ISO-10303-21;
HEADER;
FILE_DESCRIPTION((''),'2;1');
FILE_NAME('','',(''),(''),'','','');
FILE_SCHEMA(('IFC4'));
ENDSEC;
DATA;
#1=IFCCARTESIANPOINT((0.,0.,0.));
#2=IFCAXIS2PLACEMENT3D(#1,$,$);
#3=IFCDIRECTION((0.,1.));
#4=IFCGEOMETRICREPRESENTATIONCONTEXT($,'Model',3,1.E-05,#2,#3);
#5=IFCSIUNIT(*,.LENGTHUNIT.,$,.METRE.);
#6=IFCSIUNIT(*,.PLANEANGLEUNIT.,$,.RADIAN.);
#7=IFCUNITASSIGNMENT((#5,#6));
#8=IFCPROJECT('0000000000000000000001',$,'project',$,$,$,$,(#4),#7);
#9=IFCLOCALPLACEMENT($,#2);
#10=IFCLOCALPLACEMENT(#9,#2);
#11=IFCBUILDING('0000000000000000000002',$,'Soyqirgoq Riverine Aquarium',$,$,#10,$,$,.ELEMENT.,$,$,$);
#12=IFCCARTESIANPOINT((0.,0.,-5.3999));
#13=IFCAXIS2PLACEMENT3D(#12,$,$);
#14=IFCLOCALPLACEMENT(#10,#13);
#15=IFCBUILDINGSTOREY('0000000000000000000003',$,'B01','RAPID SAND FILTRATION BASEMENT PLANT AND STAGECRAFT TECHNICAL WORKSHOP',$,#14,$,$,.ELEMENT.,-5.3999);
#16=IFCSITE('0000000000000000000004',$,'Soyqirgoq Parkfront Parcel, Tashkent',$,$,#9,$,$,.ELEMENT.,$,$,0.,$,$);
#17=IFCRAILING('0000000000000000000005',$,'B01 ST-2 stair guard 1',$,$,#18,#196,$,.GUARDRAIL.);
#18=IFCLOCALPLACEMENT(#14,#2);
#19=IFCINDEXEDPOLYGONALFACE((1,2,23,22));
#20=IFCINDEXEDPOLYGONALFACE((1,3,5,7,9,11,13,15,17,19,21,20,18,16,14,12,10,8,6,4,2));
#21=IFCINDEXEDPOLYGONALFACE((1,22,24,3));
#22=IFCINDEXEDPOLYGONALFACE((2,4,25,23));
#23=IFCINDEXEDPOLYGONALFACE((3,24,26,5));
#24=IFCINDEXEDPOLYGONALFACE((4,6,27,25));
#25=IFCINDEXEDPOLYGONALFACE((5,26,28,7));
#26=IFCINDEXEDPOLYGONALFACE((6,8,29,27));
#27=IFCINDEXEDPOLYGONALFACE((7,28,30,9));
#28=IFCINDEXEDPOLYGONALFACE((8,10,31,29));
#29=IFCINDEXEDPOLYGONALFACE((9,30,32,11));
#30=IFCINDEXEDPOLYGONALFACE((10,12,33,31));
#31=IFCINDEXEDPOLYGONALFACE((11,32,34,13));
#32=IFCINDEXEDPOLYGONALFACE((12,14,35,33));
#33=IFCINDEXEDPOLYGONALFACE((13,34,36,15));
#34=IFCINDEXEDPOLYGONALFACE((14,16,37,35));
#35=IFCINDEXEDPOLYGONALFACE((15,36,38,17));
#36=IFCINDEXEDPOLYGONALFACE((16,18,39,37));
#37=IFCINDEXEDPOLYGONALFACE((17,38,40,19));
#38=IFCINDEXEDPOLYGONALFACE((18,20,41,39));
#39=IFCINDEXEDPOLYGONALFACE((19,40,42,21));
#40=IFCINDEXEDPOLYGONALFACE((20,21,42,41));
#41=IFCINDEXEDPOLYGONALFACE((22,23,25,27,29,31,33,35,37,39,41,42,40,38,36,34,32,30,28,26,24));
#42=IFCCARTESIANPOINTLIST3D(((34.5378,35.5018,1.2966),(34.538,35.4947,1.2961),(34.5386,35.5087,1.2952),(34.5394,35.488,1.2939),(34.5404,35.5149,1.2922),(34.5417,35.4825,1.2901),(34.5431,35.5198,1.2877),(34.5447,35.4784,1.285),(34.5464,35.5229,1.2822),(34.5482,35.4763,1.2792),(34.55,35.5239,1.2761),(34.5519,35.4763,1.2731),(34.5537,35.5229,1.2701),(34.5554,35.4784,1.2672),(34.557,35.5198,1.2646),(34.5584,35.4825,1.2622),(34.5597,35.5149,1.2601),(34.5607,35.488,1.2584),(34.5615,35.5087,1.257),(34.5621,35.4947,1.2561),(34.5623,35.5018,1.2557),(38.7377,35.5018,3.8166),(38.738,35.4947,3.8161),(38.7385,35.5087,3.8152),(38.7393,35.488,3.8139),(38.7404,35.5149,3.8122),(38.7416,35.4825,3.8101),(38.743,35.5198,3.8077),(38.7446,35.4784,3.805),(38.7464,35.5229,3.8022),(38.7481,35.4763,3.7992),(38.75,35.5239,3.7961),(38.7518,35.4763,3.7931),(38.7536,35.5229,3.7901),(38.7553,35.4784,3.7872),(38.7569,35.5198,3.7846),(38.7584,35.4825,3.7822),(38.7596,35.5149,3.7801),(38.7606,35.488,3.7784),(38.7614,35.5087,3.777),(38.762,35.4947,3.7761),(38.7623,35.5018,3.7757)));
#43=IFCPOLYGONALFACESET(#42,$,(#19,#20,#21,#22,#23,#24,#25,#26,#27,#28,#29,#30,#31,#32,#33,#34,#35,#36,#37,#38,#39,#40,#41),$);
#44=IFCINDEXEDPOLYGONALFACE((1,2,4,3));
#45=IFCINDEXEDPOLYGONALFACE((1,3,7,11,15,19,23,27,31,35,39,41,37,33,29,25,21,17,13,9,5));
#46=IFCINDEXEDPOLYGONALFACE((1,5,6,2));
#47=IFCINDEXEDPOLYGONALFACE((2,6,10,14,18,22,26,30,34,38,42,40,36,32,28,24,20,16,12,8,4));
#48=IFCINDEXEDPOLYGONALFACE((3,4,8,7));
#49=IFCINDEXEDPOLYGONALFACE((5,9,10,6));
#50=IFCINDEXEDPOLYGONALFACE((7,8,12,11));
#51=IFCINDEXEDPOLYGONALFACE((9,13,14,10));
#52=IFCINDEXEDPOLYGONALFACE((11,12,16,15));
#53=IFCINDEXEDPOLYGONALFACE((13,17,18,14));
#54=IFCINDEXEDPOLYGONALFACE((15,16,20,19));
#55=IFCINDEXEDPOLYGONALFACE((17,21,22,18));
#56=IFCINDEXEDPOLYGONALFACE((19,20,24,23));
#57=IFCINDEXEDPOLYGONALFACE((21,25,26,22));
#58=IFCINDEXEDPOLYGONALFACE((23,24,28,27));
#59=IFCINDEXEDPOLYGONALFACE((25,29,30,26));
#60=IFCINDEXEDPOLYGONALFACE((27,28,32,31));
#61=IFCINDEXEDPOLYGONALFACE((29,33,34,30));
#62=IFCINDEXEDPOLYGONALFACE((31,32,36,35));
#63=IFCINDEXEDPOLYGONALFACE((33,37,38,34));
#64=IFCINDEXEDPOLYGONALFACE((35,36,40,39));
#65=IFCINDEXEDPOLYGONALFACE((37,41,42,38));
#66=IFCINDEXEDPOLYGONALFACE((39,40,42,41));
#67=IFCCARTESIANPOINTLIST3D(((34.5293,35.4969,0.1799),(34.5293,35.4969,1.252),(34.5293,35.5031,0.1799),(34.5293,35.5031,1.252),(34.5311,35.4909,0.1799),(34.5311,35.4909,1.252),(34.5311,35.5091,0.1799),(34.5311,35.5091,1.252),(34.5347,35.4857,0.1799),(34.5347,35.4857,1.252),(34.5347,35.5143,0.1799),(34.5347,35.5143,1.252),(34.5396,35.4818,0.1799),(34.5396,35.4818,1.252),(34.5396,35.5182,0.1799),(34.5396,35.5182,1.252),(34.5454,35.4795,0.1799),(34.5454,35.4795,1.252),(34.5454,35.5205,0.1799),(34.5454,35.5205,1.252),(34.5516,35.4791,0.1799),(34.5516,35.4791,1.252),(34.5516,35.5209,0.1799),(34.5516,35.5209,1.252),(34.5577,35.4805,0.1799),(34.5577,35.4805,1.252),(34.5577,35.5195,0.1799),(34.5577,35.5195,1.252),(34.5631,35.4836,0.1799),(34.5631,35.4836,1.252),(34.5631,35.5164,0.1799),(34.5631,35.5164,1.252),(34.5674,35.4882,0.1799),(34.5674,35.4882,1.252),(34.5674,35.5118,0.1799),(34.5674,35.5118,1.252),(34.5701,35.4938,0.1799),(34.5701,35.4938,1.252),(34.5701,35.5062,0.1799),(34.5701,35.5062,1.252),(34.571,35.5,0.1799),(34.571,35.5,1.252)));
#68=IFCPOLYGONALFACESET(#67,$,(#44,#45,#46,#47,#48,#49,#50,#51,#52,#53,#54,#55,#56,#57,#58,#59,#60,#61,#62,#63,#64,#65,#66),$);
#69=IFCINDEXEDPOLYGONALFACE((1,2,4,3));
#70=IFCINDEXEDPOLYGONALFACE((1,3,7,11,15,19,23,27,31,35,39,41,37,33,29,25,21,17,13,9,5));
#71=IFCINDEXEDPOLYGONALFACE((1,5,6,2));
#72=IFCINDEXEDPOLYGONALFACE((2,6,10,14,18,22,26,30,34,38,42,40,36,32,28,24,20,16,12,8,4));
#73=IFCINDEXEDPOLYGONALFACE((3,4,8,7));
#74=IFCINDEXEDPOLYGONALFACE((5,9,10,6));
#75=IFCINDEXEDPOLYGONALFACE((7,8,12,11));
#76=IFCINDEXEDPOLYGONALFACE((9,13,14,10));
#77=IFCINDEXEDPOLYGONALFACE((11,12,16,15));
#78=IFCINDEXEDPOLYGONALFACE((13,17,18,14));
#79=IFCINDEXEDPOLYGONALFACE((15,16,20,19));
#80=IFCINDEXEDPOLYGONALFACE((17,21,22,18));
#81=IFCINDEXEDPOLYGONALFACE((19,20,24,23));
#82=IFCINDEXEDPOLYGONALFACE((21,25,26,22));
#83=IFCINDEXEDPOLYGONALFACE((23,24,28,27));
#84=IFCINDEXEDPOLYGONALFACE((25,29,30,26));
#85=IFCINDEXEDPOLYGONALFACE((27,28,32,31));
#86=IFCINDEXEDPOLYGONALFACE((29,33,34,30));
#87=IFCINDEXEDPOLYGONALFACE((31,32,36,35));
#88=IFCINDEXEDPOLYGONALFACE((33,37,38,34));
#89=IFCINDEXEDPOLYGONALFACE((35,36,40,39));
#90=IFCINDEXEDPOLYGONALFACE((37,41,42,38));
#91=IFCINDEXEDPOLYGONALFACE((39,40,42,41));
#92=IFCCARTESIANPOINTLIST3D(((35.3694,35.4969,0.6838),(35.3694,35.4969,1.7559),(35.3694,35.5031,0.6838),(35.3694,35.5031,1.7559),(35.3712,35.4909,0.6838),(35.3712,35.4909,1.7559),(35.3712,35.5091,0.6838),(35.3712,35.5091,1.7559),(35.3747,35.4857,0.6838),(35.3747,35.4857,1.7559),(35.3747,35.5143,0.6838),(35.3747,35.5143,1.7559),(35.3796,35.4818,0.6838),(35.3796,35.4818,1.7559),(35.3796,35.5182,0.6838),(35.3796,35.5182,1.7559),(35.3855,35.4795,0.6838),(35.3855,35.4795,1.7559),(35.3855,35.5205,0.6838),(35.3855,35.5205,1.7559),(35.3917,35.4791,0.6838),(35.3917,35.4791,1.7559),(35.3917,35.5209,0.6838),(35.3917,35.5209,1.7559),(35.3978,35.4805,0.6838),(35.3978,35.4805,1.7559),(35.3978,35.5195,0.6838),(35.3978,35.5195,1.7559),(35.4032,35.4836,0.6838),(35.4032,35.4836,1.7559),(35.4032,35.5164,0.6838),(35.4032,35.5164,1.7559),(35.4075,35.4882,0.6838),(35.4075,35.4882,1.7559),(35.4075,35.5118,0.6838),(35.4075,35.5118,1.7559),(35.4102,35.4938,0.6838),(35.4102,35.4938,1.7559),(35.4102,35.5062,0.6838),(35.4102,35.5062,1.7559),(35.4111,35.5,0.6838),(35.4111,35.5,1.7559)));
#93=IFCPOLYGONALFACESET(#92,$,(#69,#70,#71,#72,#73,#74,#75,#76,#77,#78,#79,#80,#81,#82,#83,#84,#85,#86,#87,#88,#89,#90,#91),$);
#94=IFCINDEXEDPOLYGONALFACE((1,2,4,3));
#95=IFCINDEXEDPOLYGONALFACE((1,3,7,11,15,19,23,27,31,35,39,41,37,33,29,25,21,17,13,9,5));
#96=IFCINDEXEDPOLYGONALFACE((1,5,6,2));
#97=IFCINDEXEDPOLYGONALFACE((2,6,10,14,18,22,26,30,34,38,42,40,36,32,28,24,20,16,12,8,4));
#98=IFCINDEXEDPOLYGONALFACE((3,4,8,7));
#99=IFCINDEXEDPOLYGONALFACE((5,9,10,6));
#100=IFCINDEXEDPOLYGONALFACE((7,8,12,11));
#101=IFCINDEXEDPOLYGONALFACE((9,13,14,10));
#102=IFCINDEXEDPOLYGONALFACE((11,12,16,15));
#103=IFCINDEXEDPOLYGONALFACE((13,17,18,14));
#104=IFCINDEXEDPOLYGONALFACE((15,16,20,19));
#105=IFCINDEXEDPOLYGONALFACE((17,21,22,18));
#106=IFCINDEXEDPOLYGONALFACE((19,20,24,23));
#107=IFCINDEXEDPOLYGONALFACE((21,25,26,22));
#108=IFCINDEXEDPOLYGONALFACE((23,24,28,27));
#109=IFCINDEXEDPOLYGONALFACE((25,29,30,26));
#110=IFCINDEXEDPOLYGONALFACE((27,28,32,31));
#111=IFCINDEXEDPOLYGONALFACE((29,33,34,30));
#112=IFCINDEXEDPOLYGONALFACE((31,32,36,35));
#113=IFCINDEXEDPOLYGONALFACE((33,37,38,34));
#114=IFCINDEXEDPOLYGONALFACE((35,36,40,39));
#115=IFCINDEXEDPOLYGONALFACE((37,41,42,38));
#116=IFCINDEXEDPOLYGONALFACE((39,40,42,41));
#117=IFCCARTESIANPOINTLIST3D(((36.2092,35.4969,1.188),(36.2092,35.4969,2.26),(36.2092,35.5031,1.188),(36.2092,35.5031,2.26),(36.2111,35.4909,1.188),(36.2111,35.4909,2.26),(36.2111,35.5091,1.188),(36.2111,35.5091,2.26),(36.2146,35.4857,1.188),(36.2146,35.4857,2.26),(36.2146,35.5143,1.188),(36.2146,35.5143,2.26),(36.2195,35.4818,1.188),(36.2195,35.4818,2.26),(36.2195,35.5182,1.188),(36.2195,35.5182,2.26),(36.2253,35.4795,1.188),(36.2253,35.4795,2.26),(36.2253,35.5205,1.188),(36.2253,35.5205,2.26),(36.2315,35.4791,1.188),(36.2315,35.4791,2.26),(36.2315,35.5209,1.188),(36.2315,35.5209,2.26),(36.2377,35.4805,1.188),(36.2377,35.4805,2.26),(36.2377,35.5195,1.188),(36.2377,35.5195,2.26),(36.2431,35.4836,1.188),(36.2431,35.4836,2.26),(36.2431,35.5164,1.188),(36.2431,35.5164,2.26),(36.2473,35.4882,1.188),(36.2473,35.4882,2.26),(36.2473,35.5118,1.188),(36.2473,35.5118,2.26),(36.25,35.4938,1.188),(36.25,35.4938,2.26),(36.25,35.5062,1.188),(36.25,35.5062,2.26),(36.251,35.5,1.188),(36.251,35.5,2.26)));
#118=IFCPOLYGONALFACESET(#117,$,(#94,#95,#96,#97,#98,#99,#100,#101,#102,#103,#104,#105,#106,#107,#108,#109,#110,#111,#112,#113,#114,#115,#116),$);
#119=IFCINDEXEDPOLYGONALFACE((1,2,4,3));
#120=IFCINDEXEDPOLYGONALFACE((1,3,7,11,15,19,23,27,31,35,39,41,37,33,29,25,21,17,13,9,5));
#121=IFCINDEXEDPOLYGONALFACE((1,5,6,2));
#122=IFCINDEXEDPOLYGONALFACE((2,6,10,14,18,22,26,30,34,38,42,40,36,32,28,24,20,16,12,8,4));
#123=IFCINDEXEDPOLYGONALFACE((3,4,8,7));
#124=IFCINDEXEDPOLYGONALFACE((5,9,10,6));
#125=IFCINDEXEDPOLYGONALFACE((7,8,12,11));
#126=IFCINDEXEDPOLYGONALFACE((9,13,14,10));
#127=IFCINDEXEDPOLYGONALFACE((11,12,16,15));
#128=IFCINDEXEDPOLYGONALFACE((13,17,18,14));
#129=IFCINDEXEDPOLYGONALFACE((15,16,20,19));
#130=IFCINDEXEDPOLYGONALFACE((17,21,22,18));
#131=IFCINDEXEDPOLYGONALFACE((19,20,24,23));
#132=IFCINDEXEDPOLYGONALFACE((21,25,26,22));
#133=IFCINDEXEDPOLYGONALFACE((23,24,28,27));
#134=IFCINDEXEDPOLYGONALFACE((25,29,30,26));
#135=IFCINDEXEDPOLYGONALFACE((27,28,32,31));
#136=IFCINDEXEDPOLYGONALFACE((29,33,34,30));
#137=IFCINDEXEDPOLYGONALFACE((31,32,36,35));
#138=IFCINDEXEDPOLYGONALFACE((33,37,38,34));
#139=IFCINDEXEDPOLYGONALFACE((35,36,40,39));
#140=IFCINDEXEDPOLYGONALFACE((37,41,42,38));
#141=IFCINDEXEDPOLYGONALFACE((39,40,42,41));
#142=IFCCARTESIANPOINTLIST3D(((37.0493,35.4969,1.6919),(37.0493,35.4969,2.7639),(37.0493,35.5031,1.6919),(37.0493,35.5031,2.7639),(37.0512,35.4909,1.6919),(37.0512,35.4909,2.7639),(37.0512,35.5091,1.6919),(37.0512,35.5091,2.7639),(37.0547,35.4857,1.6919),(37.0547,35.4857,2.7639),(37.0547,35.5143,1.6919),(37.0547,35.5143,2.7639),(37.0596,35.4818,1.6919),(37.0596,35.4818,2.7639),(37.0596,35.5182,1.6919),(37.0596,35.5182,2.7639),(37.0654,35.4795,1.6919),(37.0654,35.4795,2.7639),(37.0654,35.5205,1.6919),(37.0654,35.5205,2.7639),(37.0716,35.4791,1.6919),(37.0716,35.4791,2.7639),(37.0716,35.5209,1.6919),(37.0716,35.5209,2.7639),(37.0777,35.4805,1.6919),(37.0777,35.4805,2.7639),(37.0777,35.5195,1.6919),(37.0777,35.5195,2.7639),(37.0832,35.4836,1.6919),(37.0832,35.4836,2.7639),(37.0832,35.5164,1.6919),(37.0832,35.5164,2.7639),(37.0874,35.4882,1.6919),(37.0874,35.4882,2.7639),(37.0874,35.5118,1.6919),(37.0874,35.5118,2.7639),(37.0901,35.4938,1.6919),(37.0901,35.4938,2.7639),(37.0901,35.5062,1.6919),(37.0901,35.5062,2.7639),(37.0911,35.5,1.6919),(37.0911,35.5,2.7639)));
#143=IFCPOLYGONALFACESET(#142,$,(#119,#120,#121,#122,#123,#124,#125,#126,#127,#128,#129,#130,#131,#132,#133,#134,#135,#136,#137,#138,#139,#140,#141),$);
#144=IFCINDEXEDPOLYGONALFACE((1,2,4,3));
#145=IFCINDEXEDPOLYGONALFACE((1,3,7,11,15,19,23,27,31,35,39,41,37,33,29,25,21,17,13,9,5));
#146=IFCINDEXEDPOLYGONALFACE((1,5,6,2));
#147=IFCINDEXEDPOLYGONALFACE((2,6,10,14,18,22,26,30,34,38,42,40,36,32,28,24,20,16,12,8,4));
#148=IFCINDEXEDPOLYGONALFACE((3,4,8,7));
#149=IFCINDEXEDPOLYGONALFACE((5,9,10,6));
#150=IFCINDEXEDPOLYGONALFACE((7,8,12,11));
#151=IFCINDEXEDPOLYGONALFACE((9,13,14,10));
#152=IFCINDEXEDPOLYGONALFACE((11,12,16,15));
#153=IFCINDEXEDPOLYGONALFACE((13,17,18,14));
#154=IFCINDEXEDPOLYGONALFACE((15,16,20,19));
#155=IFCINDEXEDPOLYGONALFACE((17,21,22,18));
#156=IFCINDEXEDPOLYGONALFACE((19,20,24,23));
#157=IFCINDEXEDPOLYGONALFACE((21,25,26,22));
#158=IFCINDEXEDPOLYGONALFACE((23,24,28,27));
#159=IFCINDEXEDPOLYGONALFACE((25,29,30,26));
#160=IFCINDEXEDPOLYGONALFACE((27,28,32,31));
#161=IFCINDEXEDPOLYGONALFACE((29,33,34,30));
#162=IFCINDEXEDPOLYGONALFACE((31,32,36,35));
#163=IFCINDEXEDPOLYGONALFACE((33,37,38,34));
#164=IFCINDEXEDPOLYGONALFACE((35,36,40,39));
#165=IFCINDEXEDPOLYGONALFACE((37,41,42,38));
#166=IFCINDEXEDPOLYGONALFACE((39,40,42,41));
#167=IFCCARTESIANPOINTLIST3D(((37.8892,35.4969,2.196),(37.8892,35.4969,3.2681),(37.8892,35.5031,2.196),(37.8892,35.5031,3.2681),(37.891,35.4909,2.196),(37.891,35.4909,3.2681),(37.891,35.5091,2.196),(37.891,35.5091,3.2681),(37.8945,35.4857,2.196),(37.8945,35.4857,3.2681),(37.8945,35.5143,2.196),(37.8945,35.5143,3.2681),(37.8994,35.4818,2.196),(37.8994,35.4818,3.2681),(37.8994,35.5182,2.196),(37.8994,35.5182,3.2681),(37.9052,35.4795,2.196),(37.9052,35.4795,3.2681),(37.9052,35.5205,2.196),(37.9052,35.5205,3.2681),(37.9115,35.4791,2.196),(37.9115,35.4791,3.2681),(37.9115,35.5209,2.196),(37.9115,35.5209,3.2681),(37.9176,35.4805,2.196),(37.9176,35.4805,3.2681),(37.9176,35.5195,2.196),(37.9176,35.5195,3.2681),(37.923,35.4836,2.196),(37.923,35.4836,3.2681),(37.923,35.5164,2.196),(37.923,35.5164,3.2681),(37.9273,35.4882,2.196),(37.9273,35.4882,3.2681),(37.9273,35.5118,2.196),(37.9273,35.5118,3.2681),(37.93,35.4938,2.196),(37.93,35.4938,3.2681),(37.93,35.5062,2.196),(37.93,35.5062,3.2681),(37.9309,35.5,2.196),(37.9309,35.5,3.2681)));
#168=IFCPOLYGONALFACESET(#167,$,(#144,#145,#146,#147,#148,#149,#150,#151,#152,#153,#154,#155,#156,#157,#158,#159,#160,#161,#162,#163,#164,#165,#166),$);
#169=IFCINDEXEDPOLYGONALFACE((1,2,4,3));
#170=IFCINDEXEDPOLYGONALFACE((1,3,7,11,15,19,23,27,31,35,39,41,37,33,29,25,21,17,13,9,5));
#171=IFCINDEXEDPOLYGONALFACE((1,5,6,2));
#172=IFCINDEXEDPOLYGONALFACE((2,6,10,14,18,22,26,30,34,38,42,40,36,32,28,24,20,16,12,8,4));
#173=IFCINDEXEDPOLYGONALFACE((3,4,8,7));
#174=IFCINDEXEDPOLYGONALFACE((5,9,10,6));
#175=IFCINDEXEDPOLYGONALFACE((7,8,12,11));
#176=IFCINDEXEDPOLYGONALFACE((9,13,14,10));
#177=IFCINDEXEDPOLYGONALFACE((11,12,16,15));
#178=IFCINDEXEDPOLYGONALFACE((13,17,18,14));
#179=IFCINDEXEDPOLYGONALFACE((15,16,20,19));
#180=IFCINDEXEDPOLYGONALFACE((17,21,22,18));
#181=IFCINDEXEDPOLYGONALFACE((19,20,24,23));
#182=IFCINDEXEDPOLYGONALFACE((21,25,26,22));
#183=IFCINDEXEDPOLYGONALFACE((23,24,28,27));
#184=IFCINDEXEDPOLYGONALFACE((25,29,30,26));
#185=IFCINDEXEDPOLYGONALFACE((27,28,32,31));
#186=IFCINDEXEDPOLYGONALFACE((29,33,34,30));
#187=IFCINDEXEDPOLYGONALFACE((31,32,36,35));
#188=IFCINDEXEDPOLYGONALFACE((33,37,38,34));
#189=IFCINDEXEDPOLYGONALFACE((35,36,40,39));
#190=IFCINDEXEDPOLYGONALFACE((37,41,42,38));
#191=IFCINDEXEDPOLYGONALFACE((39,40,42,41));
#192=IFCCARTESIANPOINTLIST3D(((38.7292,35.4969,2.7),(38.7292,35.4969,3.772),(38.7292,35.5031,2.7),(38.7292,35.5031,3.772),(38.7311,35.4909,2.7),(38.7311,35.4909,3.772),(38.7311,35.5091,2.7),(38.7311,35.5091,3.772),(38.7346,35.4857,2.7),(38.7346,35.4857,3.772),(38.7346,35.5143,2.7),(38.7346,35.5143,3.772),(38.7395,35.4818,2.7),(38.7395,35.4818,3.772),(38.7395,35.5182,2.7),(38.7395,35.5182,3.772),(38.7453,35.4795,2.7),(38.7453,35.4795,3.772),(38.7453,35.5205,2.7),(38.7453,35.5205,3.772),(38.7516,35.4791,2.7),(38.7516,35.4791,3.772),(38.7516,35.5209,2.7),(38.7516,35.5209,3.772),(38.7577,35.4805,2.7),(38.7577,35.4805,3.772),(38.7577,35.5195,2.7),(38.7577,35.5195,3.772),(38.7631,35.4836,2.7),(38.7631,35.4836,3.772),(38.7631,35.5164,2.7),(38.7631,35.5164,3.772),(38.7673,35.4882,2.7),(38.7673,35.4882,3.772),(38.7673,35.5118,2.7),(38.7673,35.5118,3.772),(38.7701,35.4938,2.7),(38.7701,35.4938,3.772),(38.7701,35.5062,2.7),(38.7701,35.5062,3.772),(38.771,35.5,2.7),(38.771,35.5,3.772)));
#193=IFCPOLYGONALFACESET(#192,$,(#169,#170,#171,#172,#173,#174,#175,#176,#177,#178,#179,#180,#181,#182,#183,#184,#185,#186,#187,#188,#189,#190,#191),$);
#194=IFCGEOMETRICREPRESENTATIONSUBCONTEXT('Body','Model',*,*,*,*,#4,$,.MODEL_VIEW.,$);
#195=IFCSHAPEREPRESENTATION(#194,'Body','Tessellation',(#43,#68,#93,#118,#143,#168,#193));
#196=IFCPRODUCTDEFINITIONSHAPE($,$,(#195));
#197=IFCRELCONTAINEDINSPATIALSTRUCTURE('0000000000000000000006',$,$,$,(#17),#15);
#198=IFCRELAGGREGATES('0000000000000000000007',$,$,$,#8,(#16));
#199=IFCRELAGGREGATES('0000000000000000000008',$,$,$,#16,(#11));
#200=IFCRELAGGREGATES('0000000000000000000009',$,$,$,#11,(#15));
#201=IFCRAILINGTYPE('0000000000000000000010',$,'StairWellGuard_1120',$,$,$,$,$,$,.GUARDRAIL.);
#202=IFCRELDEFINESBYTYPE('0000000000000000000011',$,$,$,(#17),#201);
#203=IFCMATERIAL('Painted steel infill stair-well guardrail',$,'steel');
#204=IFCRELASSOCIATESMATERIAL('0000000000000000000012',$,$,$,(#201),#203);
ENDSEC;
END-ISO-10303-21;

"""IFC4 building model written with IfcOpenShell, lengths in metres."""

from ifc_helpers import new_model, si_unit, direction, frame, origin, origin_2d, place, context, subcontext, project, spatial, circle, extrude, material, type_object, element, save


model = new_model("IFC4")

# Units and contexts
model_context = context("Model", 3, precision=1e-05, world=origin(), true_north=direction((0.0, 1.0)))
body_context = subcontext(model_context, "Body", "Model", "MODEL_VIEW")
ifc_project = project(units=[si_unit("LENGTHUNIT", "METRE"), si_unit("PLANEANGLEUNIT", "RADIAN")], contexts=[model_context])

# Site, building, storey
site_placement = place(None, origin())
site = spatial("IfcSite", under=ifc_project, at=site_placement, Name="Soyqirgoq Parkfront Parcel, Tashkent", CompositionType="ELEMENT", RefElevation=0.0)
building_placement = place(site_placement, origin())
building = spatial("IfcBuilding", under=site, at=building_placement, Name="Soyqirgoq Riverine Aquarium", CompositionType="ELEMENT")
storey_placement = place(building_placement, frame((0.0, 0.0, -5.3999)))
storey = spatial("IfcBuildingStorey", under=building, at=storey_placement, Name="B01", Description="RAPID SAND FILTRATION BASEMENT PLANT AND STAGECRAFT TECHNICAL WORKSHOP", CompositionType="ELEMENT", Elevation=-5.3999)

# Railing
ifc_material_1 = material(Name="Painted steel infill stair-well guardrail", Category="steel")
railing_type_1 = type_object("IfcRailingType", Name="StairWellGuard_1120", PredefinedType="GUARDRAIL", material=ifc_material_1)
railing_1_placement = place(storey_placement, frame((34.55, 35.5, 0.1799)))
element("IfcRailing", 1, at=railing_1_placement, inside=storey, type_object=railing_type_1, Name="B01 ST-2 stair guard 1", PredefinedType="GUARDRAIL", context=body_context, shape_type="SweptSolid", body=[
    extrude(circle(Radius=0.0239, at=origin_2d()), frame((0.0, 0.0, 1.0962), z_axis=(0.857489, 0.0, 0.514503), x_axis=(0.0, 1.0, 0.0)), (0.0, 0.0, 1.0), 4.8979),
    extrude(circle(Radius=0.021, at=origin_2d()), origin(), (0.0, 0.0, 1.0), 1.072),
    extrude(circle(Radius=0.021, at=origin_2d()), frame((0.8401, 0.0, 0.5039)), (0.0, 0.0, 1.0), 1.072),
    extrude(circle(Radius=0.021, at=origin_2d()), frame((1.6799, 0.0, 1.0081)), (0.0, 0.0, 1.0), 1.072),
    extrude(circle(Radius=0.021, at=origin_2d()), frame((2.52, 0.0, 1.512)), (0.0, 0.0, 1.0), 1.072),
    extrude(circle(Radius=0.021, at=origin_2d()), frame((3.3599, 0.0, 2.0161)), (0.0, 0.0, 1.0), 1.072),
    extrude(circle(Radius=0.021, at=origin_2d()), frame((4.2, 0.0, 2.52)), (0.0, 0.0, 1.0), 1.072),
])

save(model, "model.ifc")
